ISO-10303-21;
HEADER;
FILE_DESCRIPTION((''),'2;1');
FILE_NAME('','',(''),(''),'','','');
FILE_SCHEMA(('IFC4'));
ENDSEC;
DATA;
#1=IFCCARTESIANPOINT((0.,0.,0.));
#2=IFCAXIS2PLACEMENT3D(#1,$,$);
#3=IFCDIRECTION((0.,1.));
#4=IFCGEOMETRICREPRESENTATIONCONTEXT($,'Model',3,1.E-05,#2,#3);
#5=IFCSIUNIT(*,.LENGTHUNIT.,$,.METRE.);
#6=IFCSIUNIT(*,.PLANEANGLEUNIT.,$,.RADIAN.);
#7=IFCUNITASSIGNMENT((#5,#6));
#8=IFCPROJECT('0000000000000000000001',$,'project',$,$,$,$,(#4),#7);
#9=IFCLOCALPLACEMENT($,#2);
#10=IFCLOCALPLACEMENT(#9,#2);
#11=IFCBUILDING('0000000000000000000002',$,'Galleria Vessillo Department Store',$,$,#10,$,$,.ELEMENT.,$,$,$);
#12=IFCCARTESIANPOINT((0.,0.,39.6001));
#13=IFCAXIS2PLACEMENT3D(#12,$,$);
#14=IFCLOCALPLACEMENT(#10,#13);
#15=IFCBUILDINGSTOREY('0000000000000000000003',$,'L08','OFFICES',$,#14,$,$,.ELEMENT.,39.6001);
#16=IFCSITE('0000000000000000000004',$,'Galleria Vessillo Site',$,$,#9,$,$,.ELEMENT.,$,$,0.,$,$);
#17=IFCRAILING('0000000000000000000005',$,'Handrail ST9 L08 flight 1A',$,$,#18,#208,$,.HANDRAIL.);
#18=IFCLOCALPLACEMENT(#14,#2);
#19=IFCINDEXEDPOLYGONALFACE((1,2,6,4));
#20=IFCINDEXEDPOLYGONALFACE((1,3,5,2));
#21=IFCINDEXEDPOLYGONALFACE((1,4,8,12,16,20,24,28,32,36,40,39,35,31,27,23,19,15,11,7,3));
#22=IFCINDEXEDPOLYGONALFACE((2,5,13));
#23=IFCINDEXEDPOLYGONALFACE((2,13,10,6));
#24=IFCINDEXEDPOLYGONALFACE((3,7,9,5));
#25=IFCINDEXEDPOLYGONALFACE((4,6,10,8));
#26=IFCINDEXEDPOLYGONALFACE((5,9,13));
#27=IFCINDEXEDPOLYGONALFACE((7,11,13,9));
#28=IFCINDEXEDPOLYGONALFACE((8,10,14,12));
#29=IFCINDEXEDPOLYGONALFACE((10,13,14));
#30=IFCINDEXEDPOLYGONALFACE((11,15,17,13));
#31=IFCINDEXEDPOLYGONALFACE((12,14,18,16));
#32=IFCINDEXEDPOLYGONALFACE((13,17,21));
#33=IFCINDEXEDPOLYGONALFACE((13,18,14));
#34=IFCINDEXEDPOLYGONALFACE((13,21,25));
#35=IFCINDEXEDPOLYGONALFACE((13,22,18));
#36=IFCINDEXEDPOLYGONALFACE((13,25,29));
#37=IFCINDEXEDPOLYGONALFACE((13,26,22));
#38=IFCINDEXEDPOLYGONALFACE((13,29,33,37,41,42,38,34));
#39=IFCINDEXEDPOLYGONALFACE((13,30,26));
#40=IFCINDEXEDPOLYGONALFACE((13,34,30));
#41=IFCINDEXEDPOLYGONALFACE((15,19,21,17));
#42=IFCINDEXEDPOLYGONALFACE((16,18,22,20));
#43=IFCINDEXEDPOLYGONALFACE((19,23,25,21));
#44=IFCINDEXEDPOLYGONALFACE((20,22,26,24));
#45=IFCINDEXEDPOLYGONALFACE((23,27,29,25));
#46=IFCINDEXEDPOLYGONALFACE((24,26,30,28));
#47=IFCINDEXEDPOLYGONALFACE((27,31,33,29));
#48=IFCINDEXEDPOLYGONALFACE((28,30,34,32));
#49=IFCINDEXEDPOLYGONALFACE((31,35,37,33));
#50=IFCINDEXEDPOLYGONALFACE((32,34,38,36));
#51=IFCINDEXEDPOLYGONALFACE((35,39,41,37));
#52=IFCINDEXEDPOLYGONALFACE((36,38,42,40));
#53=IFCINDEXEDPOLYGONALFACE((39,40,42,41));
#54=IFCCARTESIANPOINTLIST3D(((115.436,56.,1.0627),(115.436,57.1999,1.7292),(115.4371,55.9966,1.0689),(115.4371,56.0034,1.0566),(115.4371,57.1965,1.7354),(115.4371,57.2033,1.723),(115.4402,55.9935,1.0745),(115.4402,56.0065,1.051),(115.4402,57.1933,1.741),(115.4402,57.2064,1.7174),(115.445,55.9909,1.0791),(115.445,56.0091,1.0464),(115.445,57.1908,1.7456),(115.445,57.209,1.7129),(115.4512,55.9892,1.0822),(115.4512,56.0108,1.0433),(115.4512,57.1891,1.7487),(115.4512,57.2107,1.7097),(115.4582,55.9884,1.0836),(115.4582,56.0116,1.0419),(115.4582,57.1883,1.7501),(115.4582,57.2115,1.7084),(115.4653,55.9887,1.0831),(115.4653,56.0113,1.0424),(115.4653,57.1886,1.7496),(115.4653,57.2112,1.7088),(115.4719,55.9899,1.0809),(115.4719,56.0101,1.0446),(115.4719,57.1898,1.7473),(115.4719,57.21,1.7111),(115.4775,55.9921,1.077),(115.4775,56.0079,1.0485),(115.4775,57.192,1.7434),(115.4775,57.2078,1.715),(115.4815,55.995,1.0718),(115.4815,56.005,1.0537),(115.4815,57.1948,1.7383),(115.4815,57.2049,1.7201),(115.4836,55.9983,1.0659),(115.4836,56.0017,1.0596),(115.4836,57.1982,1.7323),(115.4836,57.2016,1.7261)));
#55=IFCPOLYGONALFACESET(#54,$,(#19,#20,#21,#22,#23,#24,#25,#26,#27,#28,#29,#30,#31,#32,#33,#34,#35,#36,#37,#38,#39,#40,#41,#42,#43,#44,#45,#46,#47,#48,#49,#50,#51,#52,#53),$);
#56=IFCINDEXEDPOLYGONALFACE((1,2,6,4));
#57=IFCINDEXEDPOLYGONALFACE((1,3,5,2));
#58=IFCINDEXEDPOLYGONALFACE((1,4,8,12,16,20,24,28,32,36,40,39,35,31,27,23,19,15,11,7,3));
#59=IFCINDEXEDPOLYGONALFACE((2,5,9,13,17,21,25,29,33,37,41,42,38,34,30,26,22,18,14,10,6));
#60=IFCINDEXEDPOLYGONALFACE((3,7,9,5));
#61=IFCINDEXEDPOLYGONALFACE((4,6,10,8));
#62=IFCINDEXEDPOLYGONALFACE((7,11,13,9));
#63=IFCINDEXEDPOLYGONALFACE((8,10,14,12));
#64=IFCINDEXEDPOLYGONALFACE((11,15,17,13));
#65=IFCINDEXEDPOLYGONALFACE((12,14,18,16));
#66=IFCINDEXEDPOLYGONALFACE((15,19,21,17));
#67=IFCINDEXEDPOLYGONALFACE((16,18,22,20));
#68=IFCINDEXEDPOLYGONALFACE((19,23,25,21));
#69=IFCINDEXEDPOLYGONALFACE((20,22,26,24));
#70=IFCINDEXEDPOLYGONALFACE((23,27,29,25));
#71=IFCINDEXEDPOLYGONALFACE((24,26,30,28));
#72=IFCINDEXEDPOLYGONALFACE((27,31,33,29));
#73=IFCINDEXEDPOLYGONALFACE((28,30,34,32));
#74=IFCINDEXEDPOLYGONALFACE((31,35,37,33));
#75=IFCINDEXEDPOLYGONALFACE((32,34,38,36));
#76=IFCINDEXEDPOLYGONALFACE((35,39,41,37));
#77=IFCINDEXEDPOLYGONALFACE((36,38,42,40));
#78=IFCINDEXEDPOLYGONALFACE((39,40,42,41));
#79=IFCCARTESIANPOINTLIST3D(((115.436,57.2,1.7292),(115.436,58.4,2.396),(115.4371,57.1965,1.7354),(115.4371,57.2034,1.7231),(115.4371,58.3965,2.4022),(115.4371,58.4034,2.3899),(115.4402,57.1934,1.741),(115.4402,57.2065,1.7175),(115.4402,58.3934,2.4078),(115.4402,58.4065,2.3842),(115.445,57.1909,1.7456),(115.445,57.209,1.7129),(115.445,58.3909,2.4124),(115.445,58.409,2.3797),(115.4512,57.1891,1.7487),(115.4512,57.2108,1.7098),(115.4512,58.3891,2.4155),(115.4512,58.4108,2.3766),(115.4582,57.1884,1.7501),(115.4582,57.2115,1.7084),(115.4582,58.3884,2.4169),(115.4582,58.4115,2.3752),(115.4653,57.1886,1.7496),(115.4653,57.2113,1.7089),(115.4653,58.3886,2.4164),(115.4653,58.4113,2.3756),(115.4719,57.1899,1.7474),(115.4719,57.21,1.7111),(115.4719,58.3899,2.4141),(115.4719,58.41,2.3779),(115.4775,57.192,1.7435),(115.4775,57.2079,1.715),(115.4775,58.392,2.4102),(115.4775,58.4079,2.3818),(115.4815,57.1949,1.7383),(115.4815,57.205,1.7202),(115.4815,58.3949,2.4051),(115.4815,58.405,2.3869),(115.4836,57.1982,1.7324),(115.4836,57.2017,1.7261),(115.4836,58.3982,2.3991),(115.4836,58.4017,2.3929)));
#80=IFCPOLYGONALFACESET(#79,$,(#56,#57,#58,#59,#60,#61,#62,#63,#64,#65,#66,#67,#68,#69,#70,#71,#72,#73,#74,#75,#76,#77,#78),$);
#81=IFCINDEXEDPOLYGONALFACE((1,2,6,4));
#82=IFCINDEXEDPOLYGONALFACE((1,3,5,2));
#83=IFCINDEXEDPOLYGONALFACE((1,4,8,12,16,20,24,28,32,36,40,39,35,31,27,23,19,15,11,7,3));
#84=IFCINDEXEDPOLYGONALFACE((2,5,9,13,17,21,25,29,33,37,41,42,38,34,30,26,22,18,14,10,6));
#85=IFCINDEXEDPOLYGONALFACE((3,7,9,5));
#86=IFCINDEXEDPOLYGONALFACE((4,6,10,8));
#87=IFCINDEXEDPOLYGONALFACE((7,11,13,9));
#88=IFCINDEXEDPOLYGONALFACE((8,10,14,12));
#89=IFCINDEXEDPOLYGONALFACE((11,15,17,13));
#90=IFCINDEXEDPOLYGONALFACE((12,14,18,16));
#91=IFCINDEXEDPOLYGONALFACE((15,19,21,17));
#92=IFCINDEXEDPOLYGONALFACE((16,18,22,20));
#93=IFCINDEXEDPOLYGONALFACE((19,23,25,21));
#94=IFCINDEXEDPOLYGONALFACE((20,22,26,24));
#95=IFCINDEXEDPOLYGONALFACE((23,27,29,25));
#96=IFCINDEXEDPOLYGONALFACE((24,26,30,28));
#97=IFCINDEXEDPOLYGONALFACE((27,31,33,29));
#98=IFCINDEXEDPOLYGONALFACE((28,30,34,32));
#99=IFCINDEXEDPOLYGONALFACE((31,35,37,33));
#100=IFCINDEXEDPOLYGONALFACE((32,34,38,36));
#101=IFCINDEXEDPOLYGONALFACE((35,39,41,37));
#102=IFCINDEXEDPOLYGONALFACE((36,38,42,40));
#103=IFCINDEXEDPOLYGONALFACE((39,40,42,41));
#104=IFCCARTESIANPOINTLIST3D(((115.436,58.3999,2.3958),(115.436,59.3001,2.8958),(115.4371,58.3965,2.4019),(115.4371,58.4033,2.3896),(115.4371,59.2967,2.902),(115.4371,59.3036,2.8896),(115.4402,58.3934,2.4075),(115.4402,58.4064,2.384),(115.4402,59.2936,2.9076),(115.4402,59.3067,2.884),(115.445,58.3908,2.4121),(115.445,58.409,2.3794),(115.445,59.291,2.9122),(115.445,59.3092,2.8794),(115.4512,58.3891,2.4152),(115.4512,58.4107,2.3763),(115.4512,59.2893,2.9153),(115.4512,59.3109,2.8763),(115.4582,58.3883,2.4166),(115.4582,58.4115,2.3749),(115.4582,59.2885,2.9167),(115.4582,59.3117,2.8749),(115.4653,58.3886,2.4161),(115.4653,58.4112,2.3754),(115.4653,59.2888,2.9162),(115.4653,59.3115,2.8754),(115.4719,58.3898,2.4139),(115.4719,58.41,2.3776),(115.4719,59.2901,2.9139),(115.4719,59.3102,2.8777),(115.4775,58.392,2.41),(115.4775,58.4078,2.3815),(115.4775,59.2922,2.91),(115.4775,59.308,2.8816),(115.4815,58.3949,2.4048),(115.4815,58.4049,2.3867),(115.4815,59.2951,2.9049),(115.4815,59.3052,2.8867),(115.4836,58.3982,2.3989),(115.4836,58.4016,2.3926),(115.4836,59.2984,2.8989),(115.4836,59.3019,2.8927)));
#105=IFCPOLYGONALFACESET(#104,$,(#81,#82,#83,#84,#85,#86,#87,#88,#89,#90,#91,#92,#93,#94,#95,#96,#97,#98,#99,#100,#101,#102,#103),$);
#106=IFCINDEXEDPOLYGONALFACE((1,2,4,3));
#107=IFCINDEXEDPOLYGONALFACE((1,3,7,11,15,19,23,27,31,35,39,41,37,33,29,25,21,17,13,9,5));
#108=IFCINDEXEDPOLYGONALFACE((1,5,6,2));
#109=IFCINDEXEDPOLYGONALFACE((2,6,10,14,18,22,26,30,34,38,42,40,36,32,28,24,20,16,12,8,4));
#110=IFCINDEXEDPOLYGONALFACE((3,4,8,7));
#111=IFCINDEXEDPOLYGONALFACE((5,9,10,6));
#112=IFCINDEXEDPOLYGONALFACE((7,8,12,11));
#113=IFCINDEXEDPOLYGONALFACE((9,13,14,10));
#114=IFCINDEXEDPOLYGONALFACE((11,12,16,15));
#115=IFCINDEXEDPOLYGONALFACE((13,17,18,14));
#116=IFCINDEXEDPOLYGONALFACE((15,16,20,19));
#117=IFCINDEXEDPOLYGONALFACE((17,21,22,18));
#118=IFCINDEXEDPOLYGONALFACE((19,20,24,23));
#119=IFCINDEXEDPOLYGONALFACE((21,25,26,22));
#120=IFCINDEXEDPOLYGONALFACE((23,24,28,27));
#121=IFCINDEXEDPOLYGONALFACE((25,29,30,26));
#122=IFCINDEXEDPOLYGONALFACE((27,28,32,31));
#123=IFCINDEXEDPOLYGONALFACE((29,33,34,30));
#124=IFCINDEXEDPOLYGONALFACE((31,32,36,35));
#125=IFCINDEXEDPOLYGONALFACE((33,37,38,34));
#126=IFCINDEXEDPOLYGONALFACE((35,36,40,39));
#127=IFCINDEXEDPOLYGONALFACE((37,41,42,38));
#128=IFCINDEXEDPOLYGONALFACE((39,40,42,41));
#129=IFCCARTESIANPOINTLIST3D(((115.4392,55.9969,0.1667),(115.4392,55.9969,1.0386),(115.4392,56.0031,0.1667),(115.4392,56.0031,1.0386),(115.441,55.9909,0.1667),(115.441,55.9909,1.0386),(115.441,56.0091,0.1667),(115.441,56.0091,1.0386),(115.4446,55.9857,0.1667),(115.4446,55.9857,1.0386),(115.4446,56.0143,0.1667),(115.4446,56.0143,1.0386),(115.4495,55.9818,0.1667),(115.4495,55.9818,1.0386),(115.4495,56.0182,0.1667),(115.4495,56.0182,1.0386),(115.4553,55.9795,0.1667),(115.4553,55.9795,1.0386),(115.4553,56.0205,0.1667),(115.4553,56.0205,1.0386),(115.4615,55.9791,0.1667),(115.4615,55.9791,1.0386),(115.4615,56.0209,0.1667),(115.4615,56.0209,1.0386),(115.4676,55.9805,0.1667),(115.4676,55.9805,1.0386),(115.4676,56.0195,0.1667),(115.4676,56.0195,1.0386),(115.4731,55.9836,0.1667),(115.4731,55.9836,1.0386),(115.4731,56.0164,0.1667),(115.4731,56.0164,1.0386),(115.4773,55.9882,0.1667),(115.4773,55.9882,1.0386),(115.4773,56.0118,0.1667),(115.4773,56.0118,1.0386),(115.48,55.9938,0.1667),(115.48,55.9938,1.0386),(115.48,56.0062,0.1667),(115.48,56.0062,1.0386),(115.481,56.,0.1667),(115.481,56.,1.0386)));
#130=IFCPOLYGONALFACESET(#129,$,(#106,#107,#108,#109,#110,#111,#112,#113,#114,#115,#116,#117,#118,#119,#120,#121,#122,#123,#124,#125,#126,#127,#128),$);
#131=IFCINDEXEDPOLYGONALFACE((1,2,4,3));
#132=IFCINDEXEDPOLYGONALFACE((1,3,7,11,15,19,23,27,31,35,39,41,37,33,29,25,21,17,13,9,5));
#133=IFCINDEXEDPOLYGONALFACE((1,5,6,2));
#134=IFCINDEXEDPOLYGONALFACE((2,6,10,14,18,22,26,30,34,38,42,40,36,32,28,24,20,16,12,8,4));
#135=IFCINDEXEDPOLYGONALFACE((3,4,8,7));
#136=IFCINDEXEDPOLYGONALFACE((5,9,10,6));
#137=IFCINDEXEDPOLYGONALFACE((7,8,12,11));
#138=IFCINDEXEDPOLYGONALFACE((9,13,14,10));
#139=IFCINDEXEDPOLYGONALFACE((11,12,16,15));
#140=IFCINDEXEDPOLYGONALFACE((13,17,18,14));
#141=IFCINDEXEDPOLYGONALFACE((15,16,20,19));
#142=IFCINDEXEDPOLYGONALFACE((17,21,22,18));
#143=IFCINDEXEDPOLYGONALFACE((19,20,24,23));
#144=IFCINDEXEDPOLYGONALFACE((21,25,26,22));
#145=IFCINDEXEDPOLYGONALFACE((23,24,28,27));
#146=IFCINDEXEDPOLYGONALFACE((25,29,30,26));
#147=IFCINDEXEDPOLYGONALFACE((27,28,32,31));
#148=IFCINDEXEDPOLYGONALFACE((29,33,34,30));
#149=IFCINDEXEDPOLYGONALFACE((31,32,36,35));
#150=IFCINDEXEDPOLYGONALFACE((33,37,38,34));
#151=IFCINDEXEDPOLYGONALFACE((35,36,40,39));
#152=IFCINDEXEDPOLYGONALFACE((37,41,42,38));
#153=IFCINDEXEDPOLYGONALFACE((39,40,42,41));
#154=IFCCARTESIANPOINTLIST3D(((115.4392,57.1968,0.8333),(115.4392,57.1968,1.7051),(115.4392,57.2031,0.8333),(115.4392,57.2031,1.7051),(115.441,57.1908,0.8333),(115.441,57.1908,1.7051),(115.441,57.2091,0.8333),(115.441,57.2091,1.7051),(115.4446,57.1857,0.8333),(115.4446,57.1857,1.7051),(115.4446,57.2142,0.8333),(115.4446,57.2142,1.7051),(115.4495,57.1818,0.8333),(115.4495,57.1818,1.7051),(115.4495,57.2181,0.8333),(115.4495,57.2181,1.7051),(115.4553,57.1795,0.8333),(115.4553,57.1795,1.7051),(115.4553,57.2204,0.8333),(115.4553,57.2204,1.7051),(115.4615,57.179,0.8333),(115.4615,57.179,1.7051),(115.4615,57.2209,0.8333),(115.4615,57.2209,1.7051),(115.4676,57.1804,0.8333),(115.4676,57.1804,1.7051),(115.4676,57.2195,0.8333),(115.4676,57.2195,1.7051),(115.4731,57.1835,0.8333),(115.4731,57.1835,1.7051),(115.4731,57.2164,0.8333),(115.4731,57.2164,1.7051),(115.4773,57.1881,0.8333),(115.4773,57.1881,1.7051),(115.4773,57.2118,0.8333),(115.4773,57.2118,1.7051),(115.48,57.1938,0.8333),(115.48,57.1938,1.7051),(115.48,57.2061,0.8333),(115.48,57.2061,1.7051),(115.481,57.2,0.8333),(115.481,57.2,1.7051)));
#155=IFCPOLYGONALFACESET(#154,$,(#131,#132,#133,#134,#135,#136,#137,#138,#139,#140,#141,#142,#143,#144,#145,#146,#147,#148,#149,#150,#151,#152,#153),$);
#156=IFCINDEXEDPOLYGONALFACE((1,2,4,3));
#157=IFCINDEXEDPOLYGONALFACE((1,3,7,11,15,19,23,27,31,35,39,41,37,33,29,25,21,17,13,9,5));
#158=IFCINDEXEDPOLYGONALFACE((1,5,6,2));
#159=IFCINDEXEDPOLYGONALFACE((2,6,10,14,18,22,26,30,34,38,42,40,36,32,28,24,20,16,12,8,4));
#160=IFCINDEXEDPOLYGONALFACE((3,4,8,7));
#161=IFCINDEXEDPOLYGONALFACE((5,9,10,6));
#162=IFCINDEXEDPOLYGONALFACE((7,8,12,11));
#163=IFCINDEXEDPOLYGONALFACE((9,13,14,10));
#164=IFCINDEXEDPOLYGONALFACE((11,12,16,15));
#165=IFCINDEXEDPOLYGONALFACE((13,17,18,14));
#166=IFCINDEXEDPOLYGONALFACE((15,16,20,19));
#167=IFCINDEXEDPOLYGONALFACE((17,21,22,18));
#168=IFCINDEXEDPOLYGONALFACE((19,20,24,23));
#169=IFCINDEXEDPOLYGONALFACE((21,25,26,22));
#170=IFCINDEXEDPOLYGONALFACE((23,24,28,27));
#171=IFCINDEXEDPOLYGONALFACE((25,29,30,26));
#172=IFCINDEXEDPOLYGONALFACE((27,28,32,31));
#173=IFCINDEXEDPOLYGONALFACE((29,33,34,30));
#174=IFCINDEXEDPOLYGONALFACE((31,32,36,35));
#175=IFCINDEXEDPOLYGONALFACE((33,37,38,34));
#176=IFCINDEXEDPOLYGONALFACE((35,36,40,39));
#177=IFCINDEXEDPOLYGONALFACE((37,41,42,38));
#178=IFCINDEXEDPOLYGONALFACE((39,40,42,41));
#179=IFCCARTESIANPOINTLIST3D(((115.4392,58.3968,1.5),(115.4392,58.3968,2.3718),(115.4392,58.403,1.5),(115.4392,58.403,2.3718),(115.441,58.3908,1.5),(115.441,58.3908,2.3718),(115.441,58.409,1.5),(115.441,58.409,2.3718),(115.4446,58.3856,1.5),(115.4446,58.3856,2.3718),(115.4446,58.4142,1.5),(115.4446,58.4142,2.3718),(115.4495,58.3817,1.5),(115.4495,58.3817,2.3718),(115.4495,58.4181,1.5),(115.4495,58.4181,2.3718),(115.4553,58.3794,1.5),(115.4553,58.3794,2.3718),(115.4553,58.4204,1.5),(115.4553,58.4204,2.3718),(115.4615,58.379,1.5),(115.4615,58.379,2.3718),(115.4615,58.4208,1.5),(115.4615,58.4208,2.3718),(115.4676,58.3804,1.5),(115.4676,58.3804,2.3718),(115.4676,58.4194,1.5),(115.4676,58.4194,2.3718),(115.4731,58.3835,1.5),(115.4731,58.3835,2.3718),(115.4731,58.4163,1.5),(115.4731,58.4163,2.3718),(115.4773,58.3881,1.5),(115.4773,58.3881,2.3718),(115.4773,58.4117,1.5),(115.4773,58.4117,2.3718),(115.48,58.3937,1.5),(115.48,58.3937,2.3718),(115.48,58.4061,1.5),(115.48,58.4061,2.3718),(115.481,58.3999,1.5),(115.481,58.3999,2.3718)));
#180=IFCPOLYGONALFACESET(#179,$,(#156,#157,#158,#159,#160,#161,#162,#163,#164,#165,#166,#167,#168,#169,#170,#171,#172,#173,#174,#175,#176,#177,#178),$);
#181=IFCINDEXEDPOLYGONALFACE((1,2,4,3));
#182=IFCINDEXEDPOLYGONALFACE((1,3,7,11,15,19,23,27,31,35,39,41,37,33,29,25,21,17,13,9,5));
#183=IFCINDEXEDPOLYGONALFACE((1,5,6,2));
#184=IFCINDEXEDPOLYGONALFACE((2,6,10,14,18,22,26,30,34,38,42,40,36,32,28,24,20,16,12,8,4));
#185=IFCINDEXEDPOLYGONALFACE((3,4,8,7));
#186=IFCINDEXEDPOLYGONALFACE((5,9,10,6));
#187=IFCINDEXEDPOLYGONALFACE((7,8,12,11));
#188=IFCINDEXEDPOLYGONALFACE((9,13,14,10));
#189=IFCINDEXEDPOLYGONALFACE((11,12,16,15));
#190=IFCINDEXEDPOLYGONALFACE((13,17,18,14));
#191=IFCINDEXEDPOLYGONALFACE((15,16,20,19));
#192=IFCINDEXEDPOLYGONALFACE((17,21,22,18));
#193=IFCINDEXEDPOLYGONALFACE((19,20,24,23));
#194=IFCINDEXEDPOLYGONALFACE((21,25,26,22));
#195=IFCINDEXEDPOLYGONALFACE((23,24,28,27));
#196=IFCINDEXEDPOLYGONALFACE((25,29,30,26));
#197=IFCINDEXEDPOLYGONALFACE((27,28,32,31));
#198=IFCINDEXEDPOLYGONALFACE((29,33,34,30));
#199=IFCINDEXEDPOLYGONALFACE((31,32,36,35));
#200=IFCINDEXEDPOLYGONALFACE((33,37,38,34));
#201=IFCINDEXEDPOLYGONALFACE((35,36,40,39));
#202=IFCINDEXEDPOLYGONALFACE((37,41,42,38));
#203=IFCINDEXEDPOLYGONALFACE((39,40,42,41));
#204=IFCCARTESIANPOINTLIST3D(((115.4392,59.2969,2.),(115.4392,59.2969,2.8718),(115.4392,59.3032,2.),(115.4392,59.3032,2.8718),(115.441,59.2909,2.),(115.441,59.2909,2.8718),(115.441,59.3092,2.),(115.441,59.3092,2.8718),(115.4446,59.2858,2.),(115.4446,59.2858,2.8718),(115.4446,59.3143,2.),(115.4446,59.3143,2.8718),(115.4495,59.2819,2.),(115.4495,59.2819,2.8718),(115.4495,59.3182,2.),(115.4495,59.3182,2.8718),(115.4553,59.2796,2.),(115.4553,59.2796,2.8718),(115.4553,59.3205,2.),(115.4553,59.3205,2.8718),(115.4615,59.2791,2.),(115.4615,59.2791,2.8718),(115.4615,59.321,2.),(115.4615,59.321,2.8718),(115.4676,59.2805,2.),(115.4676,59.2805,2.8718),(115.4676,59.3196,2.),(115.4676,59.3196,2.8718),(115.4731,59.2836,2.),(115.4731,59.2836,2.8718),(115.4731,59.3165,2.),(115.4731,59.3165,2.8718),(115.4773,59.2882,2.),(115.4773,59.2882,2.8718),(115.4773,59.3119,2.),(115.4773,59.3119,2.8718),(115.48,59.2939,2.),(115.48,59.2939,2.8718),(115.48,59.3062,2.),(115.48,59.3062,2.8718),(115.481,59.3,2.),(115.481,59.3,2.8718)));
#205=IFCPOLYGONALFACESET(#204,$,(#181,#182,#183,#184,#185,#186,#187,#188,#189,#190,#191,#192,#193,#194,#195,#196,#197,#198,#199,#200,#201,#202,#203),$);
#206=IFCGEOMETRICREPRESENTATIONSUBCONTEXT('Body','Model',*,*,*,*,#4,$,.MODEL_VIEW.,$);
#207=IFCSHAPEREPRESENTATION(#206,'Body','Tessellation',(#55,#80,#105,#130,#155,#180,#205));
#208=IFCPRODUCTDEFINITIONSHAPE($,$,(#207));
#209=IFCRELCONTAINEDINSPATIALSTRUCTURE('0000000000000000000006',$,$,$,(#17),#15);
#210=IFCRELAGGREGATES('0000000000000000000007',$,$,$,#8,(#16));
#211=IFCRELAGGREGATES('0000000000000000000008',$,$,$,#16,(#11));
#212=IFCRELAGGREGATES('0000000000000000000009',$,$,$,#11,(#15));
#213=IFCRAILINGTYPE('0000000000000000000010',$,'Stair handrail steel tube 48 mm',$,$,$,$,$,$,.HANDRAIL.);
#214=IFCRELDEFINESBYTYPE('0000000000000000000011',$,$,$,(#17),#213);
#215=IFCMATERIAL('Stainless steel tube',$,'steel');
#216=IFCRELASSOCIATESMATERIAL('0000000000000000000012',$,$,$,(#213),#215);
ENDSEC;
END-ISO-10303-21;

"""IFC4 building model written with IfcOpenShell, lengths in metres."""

from ifc_helpers import new_model, si_unit, direction, frame, origin, origin_2d, place, context, subcontext, project, spatial, circle, extrude, material, type_object, element, save


model = new_model("IFC4")

# Units and contexts
model_context = context("Model", 3, precision=1e-05, world=origin(), true_north=direction((0.0, 1.0)))
body_context = subcontext(model_context, "Body", "Model", "MODEL_VIEW")
ifc_project = project(units=[si_unit("LENGTHUNIT", "METRE"), si_unit("PLANEANGLEUNIT", "RADIAN")], contexts=[model_context])

# Site, building, storey
site_placement = place(None, origin())
site = spatial("IfcSite", under=ifc_project, at=site_placement, Name="Galleria Vessillo Site", CompositionType="ELEMENT", RefElevation=0.0)
building_placement = place(site_placement, origin())
building = spatial("IfcBuilding", under=site, at=building_placement, Name="Galleria Vessillo Department Store", CompositionType="ELEMENT")
storey_placement = place(building_placement, frame((0.0, 0.0, 39.6001)))
storey = spatial("IfcBuildingStorey", under=building, at=storey_placement, Name="L08", Description="OFFICES", CompositionType="ELEMENT", Elevation=39.6001)

# Railing
ifc_material_1 = material(Name="Stainless steel tube", Category="steel")
railing_type = type_object("IfcRailingType", Name="Stair handrail steel tube 48 mm", PredefinedType="HANDRAIL", material=ifc_material_1)
railing_placement = place(storey_placement, frame((115.46, 56.0, 0.1667)))
element("IfcRailing", 1, at=railing_placement, inside=storey, type_object=railing_type, Name="Handrail ST9 L08 flight 1A", PredefinedType="HANDRAIL", context=body_context, shape_type="SweptSolid", body=[
    extrude(circle(Radius=0.0239, at=origin_2d()), frame((0.0, 0.0, 0.896), z_axis=(0.0, 0.874199, 0.485567), x_axis=(-1.0, 0.0, 0.0)), (0.0, 0.0, 1.0), 1.3726),
    extrude(circle(Radius=0.0239, at=origin_2d()), frame((0.0, 1.2, 1.5625), z_axis=(0.0, 0.874124, 0.485703), x_axis=(-1.0, 0.0, 0.0)), (0.0, 0.0, 1.0), 1.3728),
    extrude(circle(Radius=0.0239, at=origin_2d()), frame((0.0, 2.3999, 2.229), z_axis=(0.0, 0.874191, 0.485583), x_axis=(-1.0, 0.0, 0.0)), (0.0, 0.0, 1.0), 1.0298),
    extrude(circle(Radius=0.021, at=origin_2d()), origin(), (0.0, 0.0, 1.0), 0.8718),
    extrude(circle(Radius=0.021, at=origin_2d()), frame((0.0, 1.2, 0.6665)), (0.0, 0.0, 1.0), 0.8718),
    extrude(circle(Radius=0.021, at=origin_2d()), frame((0.0, 2.3999, 1.3333)), (0.0, 0.0, 1.0), 0.8718),
    extrude(circle(Radius=0.021, at=origin_2d()), frame((0.0, 3.3, 1.8333)), (0.0, 0.0, 1.0), 0.8718),
])

save(model, "model.ifc")
